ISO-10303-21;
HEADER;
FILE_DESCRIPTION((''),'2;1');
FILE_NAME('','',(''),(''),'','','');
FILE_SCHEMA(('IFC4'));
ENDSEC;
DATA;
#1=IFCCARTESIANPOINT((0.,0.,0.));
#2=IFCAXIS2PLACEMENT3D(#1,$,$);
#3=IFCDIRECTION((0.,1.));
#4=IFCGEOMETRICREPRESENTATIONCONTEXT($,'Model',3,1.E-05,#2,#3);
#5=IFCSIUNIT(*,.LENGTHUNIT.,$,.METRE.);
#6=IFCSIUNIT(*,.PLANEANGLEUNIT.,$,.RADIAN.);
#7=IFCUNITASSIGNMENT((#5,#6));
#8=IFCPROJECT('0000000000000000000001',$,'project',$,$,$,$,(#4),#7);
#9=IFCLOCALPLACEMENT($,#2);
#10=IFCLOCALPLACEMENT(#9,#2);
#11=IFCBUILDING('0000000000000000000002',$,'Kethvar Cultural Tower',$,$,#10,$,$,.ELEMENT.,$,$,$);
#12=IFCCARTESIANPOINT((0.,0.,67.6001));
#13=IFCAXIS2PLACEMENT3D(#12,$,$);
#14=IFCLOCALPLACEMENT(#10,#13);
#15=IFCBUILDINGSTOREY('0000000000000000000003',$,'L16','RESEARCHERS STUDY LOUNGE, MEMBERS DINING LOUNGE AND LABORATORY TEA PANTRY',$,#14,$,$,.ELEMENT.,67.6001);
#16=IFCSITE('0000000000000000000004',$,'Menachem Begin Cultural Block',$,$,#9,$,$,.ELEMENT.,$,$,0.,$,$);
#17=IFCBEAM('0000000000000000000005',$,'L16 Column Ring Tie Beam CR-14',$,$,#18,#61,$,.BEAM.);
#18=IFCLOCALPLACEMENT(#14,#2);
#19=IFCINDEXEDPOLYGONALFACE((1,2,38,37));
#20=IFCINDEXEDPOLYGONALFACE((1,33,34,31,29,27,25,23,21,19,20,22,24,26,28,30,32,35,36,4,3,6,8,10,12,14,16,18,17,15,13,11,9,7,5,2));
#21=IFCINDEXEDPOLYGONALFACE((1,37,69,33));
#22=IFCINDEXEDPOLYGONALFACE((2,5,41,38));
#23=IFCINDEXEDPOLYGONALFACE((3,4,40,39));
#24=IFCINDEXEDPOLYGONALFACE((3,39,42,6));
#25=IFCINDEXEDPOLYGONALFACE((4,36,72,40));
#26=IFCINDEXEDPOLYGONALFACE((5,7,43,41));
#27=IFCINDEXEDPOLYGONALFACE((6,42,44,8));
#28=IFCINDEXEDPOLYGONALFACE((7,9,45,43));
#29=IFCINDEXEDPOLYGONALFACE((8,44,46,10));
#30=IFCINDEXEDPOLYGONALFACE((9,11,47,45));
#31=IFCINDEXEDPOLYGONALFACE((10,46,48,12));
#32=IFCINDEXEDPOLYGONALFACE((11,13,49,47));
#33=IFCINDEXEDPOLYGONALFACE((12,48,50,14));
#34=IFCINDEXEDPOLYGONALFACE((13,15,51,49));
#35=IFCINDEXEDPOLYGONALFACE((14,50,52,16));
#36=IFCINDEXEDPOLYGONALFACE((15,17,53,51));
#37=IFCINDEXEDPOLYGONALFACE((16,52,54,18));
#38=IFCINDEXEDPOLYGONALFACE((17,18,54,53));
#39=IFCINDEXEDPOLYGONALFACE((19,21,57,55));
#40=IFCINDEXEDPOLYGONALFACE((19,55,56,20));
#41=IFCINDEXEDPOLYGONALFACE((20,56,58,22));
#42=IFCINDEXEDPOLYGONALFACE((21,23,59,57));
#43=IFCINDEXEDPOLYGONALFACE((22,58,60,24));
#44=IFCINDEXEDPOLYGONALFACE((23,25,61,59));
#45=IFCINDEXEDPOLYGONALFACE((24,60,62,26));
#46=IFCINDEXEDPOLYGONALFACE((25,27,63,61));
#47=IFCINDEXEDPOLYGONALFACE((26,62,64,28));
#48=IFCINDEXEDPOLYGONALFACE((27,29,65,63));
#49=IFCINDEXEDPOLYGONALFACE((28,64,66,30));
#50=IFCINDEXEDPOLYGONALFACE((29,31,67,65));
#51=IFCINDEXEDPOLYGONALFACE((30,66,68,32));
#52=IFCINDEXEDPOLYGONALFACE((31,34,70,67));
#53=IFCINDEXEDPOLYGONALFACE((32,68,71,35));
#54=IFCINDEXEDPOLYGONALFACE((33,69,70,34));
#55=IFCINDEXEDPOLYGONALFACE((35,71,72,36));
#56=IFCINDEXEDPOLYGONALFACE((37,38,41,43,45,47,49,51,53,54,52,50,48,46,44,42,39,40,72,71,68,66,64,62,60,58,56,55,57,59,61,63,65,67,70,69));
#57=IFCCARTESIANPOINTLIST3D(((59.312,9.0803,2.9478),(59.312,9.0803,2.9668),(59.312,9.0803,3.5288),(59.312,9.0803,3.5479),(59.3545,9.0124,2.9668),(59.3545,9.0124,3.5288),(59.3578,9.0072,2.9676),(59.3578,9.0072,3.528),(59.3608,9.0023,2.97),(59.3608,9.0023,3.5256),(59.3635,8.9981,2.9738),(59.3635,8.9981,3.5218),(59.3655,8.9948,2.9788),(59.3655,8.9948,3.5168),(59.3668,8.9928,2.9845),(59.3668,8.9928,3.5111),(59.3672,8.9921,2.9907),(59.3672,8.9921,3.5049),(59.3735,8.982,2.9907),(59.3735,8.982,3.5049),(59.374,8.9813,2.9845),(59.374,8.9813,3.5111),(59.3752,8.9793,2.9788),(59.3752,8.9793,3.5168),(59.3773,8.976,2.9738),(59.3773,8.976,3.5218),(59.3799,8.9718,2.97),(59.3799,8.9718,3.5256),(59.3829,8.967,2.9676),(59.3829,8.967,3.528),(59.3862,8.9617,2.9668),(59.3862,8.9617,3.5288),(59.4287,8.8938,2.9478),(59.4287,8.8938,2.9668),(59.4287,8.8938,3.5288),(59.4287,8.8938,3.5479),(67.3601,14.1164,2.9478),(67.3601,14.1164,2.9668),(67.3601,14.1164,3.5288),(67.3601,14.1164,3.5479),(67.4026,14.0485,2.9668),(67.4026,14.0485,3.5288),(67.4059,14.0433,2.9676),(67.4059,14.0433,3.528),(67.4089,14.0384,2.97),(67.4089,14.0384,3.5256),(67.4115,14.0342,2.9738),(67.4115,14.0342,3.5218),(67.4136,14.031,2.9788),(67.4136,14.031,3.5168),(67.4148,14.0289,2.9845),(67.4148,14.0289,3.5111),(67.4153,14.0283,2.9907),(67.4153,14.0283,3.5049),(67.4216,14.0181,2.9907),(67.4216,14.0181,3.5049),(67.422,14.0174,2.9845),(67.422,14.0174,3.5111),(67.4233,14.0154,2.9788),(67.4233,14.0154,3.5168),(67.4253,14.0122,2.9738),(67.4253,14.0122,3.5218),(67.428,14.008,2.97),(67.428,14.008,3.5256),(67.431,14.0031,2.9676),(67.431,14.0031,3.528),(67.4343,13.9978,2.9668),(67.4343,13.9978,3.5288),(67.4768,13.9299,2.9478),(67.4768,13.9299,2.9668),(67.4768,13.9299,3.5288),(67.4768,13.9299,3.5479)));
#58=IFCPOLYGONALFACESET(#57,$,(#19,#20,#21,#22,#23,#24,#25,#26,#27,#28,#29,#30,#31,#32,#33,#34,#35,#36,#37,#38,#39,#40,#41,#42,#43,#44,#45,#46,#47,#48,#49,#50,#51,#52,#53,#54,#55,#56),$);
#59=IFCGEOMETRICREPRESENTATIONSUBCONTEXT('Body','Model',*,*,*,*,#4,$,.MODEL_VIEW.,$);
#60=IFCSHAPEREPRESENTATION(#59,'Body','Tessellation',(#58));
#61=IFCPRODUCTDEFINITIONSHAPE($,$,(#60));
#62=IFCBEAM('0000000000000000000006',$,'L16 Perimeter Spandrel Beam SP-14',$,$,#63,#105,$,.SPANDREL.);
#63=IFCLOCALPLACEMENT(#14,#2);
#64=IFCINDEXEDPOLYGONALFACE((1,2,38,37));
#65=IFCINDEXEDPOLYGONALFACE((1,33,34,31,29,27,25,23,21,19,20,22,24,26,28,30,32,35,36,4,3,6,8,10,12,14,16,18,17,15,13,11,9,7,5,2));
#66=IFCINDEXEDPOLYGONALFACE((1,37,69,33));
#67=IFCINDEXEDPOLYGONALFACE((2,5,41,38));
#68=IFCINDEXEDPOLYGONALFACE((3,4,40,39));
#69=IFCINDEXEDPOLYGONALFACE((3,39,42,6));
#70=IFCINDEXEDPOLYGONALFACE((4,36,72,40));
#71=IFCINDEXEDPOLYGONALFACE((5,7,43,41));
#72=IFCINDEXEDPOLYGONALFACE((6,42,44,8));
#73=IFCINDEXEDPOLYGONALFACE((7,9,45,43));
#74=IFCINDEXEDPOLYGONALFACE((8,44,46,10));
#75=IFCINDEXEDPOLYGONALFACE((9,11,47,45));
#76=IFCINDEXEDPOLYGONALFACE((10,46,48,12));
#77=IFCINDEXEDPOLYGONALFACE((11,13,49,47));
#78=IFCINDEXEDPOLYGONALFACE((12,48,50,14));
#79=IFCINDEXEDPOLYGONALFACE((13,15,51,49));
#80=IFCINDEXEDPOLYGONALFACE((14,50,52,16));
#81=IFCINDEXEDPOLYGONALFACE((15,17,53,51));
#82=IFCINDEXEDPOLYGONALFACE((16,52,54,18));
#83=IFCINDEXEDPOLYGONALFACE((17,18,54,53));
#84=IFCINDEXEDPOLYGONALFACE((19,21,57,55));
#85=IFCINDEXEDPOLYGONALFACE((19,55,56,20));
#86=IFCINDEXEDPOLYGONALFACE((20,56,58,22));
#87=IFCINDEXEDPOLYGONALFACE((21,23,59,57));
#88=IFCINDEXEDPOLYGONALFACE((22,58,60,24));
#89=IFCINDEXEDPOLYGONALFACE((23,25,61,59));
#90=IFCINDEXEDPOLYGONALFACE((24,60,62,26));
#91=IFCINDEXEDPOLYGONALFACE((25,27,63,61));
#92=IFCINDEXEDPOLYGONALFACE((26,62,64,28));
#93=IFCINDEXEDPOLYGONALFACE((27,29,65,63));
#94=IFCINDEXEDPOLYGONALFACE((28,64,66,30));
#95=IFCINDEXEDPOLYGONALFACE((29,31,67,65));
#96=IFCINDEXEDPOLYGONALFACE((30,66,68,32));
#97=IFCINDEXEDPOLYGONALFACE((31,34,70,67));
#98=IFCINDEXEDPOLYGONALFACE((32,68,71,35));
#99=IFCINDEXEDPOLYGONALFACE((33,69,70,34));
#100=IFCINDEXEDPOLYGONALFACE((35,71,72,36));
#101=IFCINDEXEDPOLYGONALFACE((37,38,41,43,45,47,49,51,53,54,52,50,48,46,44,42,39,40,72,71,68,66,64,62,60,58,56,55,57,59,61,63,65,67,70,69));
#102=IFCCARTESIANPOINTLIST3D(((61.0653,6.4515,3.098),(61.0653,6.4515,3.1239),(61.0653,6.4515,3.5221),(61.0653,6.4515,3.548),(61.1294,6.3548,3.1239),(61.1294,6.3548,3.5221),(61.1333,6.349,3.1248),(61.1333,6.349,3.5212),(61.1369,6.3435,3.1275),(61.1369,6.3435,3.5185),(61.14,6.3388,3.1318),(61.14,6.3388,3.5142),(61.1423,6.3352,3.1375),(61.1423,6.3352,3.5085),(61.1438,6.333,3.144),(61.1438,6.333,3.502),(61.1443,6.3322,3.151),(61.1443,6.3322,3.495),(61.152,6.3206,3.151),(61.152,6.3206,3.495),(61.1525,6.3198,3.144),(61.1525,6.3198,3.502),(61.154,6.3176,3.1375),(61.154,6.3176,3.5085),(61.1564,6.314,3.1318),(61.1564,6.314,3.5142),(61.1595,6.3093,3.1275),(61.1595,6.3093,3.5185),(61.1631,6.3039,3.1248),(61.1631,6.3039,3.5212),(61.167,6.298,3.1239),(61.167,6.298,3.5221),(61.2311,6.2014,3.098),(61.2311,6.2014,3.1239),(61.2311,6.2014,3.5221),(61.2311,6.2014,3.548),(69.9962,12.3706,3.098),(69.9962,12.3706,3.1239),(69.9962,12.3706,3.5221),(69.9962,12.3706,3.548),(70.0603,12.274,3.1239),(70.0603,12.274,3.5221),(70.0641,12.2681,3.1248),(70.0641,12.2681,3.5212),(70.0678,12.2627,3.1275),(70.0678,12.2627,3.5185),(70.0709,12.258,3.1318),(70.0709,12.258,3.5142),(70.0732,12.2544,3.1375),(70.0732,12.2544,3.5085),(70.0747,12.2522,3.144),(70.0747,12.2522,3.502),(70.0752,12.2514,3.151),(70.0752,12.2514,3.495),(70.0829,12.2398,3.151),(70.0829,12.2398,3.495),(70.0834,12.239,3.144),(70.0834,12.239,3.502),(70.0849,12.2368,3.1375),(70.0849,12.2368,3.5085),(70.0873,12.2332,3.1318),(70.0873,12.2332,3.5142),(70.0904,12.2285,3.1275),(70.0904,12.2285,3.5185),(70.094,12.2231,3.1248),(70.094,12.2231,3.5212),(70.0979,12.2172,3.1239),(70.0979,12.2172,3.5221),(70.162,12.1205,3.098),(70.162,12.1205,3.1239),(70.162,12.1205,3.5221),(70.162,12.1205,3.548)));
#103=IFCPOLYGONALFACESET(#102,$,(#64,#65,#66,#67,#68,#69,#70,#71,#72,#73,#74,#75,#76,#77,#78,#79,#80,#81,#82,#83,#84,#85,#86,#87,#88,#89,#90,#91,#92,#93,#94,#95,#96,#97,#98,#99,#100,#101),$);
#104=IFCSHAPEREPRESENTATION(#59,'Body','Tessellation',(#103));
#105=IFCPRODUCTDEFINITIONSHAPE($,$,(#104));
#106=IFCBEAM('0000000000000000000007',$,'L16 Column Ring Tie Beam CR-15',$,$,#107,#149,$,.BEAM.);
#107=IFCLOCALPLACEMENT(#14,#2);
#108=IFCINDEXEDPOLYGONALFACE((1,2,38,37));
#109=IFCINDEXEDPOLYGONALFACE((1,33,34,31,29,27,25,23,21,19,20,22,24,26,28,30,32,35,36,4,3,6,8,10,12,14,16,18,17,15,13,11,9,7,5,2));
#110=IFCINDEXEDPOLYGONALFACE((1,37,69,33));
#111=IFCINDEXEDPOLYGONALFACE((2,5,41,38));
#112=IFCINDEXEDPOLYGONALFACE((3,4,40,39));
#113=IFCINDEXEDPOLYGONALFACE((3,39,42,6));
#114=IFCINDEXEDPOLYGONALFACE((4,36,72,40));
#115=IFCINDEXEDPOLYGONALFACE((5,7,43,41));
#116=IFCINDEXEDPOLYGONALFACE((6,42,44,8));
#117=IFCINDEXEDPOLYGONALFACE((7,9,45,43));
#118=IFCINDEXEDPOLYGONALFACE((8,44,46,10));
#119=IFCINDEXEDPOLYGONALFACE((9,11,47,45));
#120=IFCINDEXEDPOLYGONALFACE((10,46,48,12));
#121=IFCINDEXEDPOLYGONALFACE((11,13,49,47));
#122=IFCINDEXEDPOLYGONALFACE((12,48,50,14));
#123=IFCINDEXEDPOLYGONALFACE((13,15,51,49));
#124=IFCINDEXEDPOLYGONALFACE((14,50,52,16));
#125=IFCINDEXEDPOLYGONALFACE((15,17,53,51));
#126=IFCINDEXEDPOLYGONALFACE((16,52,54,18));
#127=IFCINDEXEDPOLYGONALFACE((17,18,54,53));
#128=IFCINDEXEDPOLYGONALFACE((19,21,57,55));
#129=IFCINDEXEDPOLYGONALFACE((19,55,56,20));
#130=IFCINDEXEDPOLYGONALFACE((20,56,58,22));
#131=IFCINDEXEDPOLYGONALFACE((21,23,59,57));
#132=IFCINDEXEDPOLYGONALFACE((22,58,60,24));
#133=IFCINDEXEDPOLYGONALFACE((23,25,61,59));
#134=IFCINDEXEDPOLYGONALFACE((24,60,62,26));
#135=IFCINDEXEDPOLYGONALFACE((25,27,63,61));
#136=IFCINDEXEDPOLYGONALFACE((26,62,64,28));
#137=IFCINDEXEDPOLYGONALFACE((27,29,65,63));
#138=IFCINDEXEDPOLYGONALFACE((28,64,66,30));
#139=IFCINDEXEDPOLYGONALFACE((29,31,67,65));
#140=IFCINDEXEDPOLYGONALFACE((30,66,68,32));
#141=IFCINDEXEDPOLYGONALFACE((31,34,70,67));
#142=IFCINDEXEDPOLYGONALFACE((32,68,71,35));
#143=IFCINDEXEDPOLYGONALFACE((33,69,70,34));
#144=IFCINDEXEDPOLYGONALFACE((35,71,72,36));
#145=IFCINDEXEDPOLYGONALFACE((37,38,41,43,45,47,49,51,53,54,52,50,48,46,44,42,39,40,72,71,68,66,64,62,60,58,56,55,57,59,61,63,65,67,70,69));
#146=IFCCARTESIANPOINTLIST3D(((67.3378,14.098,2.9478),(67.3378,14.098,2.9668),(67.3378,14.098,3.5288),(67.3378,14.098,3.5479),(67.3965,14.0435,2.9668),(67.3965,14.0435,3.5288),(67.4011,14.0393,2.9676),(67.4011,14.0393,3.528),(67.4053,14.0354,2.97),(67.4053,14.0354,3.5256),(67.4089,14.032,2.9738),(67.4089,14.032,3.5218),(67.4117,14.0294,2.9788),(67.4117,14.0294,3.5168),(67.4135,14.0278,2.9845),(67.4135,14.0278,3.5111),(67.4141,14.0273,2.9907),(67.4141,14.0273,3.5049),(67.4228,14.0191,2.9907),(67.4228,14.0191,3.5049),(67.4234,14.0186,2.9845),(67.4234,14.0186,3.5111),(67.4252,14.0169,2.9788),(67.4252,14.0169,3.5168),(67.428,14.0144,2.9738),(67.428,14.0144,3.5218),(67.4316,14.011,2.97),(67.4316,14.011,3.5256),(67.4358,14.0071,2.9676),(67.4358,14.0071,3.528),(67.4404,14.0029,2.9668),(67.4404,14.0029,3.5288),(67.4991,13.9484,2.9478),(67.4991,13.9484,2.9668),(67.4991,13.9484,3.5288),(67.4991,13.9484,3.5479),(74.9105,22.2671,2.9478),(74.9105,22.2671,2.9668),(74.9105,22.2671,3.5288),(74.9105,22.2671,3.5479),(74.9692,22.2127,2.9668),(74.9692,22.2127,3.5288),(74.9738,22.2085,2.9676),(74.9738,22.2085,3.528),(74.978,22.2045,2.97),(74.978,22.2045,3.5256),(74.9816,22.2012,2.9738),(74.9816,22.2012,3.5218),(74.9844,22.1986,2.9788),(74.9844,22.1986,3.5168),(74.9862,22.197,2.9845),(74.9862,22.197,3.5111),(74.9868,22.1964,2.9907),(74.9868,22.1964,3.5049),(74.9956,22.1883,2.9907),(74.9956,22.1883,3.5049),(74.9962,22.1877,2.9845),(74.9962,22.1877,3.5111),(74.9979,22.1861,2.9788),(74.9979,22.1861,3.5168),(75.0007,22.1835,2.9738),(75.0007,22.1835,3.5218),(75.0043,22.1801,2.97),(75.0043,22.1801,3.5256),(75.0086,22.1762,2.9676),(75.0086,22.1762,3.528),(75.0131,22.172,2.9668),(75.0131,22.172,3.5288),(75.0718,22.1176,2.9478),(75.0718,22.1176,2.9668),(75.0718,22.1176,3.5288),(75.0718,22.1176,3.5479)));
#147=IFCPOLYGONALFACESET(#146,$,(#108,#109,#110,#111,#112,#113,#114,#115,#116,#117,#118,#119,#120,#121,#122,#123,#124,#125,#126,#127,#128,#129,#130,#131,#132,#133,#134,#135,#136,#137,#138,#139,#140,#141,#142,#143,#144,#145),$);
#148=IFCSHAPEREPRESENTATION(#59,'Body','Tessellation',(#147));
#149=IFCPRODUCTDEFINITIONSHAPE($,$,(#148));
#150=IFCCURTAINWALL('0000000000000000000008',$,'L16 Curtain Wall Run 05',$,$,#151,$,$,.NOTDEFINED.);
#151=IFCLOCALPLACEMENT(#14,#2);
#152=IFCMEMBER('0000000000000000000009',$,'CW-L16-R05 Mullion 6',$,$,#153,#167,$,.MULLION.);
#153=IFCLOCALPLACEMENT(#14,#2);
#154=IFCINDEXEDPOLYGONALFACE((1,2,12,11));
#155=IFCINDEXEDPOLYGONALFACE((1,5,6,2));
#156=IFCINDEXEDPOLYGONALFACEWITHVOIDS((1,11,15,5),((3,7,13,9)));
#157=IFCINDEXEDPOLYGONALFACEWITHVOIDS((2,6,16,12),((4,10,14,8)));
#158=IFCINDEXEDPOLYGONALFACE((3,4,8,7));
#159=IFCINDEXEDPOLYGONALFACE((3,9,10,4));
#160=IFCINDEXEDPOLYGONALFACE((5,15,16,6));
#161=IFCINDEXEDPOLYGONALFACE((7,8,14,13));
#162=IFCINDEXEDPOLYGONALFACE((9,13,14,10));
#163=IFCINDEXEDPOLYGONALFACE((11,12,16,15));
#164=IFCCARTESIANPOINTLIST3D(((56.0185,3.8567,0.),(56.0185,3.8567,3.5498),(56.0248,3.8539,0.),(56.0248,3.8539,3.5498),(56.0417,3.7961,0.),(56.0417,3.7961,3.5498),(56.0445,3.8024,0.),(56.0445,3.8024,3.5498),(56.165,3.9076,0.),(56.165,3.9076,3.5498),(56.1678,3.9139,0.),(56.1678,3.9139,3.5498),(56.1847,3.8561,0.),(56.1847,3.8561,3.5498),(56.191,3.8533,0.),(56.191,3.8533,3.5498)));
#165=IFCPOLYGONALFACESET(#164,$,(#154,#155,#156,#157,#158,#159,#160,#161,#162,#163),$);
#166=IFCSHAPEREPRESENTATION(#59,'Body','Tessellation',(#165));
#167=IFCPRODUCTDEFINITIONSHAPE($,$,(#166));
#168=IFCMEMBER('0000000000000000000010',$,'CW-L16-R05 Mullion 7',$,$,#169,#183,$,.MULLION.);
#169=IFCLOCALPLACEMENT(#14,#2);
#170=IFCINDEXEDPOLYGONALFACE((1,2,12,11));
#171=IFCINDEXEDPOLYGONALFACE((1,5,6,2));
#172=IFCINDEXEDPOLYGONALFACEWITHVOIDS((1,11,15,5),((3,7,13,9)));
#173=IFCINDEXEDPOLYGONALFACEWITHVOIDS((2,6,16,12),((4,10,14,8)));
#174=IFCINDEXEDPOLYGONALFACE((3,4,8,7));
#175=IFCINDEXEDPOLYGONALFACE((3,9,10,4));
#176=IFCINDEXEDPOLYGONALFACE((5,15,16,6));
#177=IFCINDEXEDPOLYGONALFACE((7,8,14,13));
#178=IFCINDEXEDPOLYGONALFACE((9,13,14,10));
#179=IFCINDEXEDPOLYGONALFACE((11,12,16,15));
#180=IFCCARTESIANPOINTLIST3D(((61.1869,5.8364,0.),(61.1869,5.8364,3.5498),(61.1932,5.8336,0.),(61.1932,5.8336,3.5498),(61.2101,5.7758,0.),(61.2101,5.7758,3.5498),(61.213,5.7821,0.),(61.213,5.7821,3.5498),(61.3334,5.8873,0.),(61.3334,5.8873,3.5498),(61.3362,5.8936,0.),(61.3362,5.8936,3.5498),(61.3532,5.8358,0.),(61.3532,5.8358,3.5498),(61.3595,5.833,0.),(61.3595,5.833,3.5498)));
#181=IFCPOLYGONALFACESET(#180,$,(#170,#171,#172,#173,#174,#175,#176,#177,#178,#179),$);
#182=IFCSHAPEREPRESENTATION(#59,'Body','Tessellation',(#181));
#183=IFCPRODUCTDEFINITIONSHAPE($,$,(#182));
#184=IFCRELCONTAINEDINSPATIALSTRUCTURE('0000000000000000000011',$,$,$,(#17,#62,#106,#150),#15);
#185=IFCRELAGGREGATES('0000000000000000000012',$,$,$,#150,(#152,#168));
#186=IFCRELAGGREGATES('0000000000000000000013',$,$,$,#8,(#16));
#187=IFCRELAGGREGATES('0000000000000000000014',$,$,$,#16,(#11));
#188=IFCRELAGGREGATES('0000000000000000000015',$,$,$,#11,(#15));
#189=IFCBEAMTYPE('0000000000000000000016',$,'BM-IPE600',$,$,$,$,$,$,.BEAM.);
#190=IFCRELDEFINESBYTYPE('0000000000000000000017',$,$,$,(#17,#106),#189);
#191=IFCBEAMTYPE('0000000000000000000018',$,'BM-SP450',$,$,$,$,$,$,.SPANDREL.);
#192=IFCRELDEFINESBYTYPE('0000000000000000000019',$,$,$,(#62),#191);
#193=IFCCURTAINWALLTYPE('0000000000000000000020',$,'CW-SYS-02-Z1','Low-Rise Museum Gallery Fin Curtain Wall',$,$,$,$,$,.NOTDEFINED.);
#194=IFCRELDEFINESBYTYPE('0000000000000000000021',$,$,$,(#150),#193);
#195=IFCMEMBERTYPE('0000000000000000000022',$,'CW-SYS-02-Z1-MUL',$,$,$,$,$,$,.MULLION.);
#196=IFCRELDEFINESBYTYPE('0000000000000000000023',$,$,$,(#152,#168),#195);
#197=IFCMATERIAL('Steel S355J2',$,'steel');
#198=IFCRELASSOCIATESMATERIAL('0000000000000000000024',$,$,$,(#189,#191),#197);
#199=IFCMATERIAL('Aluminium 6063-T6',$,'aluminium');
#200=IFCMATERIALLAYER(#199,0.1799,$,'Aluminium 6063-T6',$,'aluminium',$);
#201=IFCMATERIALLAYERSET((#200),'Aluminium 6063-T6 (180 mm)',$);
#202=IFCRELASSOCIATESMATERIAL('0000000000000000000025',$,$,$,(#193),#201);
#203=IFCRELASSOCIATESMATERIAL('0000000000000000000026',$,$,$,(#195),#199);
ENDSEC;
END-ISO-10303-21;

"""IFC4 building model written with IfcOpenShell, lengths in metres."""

from ifc_helpers import new_model, si_unit, direction, frame, origin, origin_2d, place, context, subcontext, project, spatial, hollow_rectangle, i_section, extrude, source, transform, mapped, material, layer, layer_set, material_profile, profile_set, type_object, element, aggregate, save


model = new_model("IFC4")

# Units and contexts
model_context = context("Model", 3, precision=1e-05, world=origin(), true_north=direction((0.0, 1.0)))
body_context = subcontext(model_context, "Body", "Model", "MODEL_VIEW")
ifc_project = project(units=[si_unit("LENGTHUNIT", "METRE"), si_unit("PLANEANGLEUNIT", "RADIAN")], contexts=[model_context])

# Site, building, storey
site_placement = place(None, origin())
site = spatial("IfcSite", under=ifc_project, at=site_placement, Name="Menachem Begin Cultural Block", CompositionType="ELEMENT", RefElevation=0.0)
building_placement = place(site_placement, origin())
building = spatial("IfcBuilding", under=site, at=building_placement, Name="Kethvar Cultural Tower", CompositionType="ELEMENT")
storey_placement = place(building_placement, frame((0.0, 0.0, 67.6001)))
storey = spatial("IfcBuildingStorey", under=building, at=storey_placement, Name="L16", Description="RESEARCHERS STUDY LOUNGE, MEMBERS DINING LOUNGE AND LABORATORY TEA PANTRY", CompositionType="ELEMENT", Elevation=67.6001)

# Beams
ifc_material_1 = material(Name="Steel S355J2", Category="steel")
ifc_material_profile_1 = material_profile(ifc_material_1, i_section(OverallWidth=0.22, OverallDepth=0.6001, WebThickness=0.012, FlangeThickness=0.019, FilletRadius=0.0239, at=origin_2d()), Name="Steel S355J2 — IPE600")
ifc_profile_set_1 = profile_set([ifc_material_profile_1], Name="Steel S355J2 — IPE600")
beam_type_1 = type_object("IfcBeamType", Name="BM-IPE600", PredefinedType="BEAM", material=ifc_profile_set_1)
shared_shape_1 = source(origin(), body_context, "Body", "SweptSolid", [
    extrude(i_section(OverallWidth=0.22, OverallDepth=0.6001, WebThickness=0.012, FlangeThickness=0.019, FilletRadius=0.0239, at=origin_2d()), origin(), (0.0, 0.0, 1.0), 9.4939),
])
beam_1_placement = place(storey_placement, frame((59.3704, 8.9871, 3.2478), z_axis=(0.847711, 0.530459, 0.0), x_axis=(-0.530459, 0.847711, 0.0)))
element("IfcBeam", 1, at=beam_1_placement, inside=storey, type_object=beam_type_1, Name="L16 Column Ring Tie Beam CR-14", PredefinedType="BEAM", context=body_context, shape_type="MappedRepresentation", body=[
    mapped(shared_shape_1, transform((0.0, 0.0, 0.0), scale=1.0)),
])
ifc_material_profile_2 = material_profile(ifc_material_1, i_section(OverallWidth=0.3, OverallDepth=0.45, WebThickness=0.0139, FlangeThickness=0.0259, FilletRadius=0.0271, at=origin_2d()), Name="Steel S355J2 — HEB450")
ifc_profile_set_2 = profile_set([ifc_material_profile_2], Name="Steel S355J2 — HEB450")
beam_type_2 = type_object("IfcBeamType", Name="BM-SP450", PredefinedType="SPANDREL", material=ifc_profile_set_2)
shared_shape_2 = source(origin(), body_context, "Body", "SweptSolid", [
    extrude(i_section(OverallWidth=0.3, OverallDepth=0.45, WebThickness=0.0139, FlangeThickness=0.0259, FilletRadius=0.0271, at=origin_2d()), origin(), (0.0, 0.0, 1.0), 10.7144),
])
beam_2_placement = place(storey_placement, frame((61.1482, 6.3264, 3.323), z_axis=(0.833544, 0.552453, 0.0), x_axis=(-0.552453, 0.833544, 0.0)))
element("IfcBeam", 2, at=beam_2_placement, inside=storey, type_object=beam_type_2, Name="L16 Perimeter Spandrel Beam SP-14", PredefinedType="SPANDREL", context=body_context, shape_type="MappedRepresentation", body=[
    mapped(shared_shape_2, transform((0.0, 0.0, 0.0), scale=1.0)),
])
shared_shape_3 = source(origin(), body_context, "Body", "SweptSolid", [
    extrude(i_section(OverallWidth=0.22, OverallDepth=0.6001, WebThickness=0.012, FlangeThickness=0.019, FilletRadius=0.0239, at=origin_2d()), origin(), (0.0, 0.0, 1.0), 11.1392),
])
beam_3_placement = place(storey_placement, frame((67.4185, 14.0232, 3.2478), z_axis=(0.679828, 0.733372, 0.0), x_axis=(-0.733372, 0.679828, 0.0)))
element("IfcBeam", 3, at=beam_3_placement, inside=storey, type_object=beam_type_1, Name="L16 Column Ring Tie Beam CR-15", PredefinedType="BEAM", context=body_context, shape_type="MappedRepresentation", body=[
    mapped(shared_shape_3, transform((0.0, 0.0, 0.0), scale=1.0)),
])

# Curtain wall, members
ifc_material_2 = material(Name="Aluminium 6063-T6", Category="aluminium")
ifc_layer_1 = layer(ifc_material_2, 0.1799, Name="Aluminium 6063-T6", Category="aluminium")
ifc_layer_set_1 = layer_set([ifc_layer_1], Name="Aluminium 6063-T6 (180 mm)")
curtain_wall_type = type_object("IfcCurtainWallType", Name="CW-SYS-02-Z1", Description="Low-Rise Museum Gallery Fin Curtain Wall", PredefinedType="NOTDEFINED", material=ifc_layer_set_1)
curtain_wall_1_placement = place(storey_placement, origin())
curtain_wall_1 = element("IfcCurtainWall", 4, at=curtain_wall_1_placement, inside=storey, type_object=curtain_wall_type, Name="L16 Curtain Wall Run 05", PredefinedType="NOTDEFINED")
ifc_material_profile_3 = material_profile(ifc_material_2, hollow_rectangle(XDim=0.0649, YDim=0.1599, WallThickness=0.0049, at=origin_2d()), Name="Aluminium 6063-T6 — RHS160x65x5")
ifc_profile_set_3 = profile_set([ifc_material_profile_3], Name="Aluminium 6063-T6 — RHS160x65x5")
member_type_1 = type_object("IfcMemberType", Name="CW-SYS-02-Z1-MUL", PredefinedType="MULLION", material=ifc_profile_set_3)
shared_shape_4 = source(origin(), body_context, "Body", "SweptSolid", [
    extrude(hollow_rectangle(XDim=0.0649, YDim=0.1599, WallThickness=0.0049, at=origin_2d()), origin(), (0.0, 0.0, 1.0), 3.5498),
])
member_1_placement = place(storey_placement, frame((56.1047, 3.855, 0.0), z_axis=(0.0, 0.0, 1.0), x_axis=(-0.357684, 0.933843, 0.0)))
member_1 = element("IfcMember", 5, at=member_1_placement, type_object=member_type_1, Name="CW-L16-R05 Mullion 6", PredefinedType="MULLION", context=body_context, shape_type="MappedRepresentation", body=[
    mapped(shared_shape_4, transform((0.0, 0.0, 0.0), scale=1.0)),
])
member_2_placement = place(storey_placement, frame((61.2732, 5.8347, 0.0), z_axis=(0.0, 0.0, 1.0), x_axis=(-0.357684, 0.933843, 0.0)))
member_2 = element("IfcMember", 6, at=member_2_placement, type_object=member_type_1, Name="CW-L16-R05 Mullion 7", PredefinedType="MULLION", context=body_context, shape_type="MappedRepresentation", body=[
    mapped(shared_shape_4, transform((0.0, 0.0, 0.0), scale=1.0)),
])

aggregate(curtain_wall_1, [member_1, member_2])

save(model, "model.ifc")
